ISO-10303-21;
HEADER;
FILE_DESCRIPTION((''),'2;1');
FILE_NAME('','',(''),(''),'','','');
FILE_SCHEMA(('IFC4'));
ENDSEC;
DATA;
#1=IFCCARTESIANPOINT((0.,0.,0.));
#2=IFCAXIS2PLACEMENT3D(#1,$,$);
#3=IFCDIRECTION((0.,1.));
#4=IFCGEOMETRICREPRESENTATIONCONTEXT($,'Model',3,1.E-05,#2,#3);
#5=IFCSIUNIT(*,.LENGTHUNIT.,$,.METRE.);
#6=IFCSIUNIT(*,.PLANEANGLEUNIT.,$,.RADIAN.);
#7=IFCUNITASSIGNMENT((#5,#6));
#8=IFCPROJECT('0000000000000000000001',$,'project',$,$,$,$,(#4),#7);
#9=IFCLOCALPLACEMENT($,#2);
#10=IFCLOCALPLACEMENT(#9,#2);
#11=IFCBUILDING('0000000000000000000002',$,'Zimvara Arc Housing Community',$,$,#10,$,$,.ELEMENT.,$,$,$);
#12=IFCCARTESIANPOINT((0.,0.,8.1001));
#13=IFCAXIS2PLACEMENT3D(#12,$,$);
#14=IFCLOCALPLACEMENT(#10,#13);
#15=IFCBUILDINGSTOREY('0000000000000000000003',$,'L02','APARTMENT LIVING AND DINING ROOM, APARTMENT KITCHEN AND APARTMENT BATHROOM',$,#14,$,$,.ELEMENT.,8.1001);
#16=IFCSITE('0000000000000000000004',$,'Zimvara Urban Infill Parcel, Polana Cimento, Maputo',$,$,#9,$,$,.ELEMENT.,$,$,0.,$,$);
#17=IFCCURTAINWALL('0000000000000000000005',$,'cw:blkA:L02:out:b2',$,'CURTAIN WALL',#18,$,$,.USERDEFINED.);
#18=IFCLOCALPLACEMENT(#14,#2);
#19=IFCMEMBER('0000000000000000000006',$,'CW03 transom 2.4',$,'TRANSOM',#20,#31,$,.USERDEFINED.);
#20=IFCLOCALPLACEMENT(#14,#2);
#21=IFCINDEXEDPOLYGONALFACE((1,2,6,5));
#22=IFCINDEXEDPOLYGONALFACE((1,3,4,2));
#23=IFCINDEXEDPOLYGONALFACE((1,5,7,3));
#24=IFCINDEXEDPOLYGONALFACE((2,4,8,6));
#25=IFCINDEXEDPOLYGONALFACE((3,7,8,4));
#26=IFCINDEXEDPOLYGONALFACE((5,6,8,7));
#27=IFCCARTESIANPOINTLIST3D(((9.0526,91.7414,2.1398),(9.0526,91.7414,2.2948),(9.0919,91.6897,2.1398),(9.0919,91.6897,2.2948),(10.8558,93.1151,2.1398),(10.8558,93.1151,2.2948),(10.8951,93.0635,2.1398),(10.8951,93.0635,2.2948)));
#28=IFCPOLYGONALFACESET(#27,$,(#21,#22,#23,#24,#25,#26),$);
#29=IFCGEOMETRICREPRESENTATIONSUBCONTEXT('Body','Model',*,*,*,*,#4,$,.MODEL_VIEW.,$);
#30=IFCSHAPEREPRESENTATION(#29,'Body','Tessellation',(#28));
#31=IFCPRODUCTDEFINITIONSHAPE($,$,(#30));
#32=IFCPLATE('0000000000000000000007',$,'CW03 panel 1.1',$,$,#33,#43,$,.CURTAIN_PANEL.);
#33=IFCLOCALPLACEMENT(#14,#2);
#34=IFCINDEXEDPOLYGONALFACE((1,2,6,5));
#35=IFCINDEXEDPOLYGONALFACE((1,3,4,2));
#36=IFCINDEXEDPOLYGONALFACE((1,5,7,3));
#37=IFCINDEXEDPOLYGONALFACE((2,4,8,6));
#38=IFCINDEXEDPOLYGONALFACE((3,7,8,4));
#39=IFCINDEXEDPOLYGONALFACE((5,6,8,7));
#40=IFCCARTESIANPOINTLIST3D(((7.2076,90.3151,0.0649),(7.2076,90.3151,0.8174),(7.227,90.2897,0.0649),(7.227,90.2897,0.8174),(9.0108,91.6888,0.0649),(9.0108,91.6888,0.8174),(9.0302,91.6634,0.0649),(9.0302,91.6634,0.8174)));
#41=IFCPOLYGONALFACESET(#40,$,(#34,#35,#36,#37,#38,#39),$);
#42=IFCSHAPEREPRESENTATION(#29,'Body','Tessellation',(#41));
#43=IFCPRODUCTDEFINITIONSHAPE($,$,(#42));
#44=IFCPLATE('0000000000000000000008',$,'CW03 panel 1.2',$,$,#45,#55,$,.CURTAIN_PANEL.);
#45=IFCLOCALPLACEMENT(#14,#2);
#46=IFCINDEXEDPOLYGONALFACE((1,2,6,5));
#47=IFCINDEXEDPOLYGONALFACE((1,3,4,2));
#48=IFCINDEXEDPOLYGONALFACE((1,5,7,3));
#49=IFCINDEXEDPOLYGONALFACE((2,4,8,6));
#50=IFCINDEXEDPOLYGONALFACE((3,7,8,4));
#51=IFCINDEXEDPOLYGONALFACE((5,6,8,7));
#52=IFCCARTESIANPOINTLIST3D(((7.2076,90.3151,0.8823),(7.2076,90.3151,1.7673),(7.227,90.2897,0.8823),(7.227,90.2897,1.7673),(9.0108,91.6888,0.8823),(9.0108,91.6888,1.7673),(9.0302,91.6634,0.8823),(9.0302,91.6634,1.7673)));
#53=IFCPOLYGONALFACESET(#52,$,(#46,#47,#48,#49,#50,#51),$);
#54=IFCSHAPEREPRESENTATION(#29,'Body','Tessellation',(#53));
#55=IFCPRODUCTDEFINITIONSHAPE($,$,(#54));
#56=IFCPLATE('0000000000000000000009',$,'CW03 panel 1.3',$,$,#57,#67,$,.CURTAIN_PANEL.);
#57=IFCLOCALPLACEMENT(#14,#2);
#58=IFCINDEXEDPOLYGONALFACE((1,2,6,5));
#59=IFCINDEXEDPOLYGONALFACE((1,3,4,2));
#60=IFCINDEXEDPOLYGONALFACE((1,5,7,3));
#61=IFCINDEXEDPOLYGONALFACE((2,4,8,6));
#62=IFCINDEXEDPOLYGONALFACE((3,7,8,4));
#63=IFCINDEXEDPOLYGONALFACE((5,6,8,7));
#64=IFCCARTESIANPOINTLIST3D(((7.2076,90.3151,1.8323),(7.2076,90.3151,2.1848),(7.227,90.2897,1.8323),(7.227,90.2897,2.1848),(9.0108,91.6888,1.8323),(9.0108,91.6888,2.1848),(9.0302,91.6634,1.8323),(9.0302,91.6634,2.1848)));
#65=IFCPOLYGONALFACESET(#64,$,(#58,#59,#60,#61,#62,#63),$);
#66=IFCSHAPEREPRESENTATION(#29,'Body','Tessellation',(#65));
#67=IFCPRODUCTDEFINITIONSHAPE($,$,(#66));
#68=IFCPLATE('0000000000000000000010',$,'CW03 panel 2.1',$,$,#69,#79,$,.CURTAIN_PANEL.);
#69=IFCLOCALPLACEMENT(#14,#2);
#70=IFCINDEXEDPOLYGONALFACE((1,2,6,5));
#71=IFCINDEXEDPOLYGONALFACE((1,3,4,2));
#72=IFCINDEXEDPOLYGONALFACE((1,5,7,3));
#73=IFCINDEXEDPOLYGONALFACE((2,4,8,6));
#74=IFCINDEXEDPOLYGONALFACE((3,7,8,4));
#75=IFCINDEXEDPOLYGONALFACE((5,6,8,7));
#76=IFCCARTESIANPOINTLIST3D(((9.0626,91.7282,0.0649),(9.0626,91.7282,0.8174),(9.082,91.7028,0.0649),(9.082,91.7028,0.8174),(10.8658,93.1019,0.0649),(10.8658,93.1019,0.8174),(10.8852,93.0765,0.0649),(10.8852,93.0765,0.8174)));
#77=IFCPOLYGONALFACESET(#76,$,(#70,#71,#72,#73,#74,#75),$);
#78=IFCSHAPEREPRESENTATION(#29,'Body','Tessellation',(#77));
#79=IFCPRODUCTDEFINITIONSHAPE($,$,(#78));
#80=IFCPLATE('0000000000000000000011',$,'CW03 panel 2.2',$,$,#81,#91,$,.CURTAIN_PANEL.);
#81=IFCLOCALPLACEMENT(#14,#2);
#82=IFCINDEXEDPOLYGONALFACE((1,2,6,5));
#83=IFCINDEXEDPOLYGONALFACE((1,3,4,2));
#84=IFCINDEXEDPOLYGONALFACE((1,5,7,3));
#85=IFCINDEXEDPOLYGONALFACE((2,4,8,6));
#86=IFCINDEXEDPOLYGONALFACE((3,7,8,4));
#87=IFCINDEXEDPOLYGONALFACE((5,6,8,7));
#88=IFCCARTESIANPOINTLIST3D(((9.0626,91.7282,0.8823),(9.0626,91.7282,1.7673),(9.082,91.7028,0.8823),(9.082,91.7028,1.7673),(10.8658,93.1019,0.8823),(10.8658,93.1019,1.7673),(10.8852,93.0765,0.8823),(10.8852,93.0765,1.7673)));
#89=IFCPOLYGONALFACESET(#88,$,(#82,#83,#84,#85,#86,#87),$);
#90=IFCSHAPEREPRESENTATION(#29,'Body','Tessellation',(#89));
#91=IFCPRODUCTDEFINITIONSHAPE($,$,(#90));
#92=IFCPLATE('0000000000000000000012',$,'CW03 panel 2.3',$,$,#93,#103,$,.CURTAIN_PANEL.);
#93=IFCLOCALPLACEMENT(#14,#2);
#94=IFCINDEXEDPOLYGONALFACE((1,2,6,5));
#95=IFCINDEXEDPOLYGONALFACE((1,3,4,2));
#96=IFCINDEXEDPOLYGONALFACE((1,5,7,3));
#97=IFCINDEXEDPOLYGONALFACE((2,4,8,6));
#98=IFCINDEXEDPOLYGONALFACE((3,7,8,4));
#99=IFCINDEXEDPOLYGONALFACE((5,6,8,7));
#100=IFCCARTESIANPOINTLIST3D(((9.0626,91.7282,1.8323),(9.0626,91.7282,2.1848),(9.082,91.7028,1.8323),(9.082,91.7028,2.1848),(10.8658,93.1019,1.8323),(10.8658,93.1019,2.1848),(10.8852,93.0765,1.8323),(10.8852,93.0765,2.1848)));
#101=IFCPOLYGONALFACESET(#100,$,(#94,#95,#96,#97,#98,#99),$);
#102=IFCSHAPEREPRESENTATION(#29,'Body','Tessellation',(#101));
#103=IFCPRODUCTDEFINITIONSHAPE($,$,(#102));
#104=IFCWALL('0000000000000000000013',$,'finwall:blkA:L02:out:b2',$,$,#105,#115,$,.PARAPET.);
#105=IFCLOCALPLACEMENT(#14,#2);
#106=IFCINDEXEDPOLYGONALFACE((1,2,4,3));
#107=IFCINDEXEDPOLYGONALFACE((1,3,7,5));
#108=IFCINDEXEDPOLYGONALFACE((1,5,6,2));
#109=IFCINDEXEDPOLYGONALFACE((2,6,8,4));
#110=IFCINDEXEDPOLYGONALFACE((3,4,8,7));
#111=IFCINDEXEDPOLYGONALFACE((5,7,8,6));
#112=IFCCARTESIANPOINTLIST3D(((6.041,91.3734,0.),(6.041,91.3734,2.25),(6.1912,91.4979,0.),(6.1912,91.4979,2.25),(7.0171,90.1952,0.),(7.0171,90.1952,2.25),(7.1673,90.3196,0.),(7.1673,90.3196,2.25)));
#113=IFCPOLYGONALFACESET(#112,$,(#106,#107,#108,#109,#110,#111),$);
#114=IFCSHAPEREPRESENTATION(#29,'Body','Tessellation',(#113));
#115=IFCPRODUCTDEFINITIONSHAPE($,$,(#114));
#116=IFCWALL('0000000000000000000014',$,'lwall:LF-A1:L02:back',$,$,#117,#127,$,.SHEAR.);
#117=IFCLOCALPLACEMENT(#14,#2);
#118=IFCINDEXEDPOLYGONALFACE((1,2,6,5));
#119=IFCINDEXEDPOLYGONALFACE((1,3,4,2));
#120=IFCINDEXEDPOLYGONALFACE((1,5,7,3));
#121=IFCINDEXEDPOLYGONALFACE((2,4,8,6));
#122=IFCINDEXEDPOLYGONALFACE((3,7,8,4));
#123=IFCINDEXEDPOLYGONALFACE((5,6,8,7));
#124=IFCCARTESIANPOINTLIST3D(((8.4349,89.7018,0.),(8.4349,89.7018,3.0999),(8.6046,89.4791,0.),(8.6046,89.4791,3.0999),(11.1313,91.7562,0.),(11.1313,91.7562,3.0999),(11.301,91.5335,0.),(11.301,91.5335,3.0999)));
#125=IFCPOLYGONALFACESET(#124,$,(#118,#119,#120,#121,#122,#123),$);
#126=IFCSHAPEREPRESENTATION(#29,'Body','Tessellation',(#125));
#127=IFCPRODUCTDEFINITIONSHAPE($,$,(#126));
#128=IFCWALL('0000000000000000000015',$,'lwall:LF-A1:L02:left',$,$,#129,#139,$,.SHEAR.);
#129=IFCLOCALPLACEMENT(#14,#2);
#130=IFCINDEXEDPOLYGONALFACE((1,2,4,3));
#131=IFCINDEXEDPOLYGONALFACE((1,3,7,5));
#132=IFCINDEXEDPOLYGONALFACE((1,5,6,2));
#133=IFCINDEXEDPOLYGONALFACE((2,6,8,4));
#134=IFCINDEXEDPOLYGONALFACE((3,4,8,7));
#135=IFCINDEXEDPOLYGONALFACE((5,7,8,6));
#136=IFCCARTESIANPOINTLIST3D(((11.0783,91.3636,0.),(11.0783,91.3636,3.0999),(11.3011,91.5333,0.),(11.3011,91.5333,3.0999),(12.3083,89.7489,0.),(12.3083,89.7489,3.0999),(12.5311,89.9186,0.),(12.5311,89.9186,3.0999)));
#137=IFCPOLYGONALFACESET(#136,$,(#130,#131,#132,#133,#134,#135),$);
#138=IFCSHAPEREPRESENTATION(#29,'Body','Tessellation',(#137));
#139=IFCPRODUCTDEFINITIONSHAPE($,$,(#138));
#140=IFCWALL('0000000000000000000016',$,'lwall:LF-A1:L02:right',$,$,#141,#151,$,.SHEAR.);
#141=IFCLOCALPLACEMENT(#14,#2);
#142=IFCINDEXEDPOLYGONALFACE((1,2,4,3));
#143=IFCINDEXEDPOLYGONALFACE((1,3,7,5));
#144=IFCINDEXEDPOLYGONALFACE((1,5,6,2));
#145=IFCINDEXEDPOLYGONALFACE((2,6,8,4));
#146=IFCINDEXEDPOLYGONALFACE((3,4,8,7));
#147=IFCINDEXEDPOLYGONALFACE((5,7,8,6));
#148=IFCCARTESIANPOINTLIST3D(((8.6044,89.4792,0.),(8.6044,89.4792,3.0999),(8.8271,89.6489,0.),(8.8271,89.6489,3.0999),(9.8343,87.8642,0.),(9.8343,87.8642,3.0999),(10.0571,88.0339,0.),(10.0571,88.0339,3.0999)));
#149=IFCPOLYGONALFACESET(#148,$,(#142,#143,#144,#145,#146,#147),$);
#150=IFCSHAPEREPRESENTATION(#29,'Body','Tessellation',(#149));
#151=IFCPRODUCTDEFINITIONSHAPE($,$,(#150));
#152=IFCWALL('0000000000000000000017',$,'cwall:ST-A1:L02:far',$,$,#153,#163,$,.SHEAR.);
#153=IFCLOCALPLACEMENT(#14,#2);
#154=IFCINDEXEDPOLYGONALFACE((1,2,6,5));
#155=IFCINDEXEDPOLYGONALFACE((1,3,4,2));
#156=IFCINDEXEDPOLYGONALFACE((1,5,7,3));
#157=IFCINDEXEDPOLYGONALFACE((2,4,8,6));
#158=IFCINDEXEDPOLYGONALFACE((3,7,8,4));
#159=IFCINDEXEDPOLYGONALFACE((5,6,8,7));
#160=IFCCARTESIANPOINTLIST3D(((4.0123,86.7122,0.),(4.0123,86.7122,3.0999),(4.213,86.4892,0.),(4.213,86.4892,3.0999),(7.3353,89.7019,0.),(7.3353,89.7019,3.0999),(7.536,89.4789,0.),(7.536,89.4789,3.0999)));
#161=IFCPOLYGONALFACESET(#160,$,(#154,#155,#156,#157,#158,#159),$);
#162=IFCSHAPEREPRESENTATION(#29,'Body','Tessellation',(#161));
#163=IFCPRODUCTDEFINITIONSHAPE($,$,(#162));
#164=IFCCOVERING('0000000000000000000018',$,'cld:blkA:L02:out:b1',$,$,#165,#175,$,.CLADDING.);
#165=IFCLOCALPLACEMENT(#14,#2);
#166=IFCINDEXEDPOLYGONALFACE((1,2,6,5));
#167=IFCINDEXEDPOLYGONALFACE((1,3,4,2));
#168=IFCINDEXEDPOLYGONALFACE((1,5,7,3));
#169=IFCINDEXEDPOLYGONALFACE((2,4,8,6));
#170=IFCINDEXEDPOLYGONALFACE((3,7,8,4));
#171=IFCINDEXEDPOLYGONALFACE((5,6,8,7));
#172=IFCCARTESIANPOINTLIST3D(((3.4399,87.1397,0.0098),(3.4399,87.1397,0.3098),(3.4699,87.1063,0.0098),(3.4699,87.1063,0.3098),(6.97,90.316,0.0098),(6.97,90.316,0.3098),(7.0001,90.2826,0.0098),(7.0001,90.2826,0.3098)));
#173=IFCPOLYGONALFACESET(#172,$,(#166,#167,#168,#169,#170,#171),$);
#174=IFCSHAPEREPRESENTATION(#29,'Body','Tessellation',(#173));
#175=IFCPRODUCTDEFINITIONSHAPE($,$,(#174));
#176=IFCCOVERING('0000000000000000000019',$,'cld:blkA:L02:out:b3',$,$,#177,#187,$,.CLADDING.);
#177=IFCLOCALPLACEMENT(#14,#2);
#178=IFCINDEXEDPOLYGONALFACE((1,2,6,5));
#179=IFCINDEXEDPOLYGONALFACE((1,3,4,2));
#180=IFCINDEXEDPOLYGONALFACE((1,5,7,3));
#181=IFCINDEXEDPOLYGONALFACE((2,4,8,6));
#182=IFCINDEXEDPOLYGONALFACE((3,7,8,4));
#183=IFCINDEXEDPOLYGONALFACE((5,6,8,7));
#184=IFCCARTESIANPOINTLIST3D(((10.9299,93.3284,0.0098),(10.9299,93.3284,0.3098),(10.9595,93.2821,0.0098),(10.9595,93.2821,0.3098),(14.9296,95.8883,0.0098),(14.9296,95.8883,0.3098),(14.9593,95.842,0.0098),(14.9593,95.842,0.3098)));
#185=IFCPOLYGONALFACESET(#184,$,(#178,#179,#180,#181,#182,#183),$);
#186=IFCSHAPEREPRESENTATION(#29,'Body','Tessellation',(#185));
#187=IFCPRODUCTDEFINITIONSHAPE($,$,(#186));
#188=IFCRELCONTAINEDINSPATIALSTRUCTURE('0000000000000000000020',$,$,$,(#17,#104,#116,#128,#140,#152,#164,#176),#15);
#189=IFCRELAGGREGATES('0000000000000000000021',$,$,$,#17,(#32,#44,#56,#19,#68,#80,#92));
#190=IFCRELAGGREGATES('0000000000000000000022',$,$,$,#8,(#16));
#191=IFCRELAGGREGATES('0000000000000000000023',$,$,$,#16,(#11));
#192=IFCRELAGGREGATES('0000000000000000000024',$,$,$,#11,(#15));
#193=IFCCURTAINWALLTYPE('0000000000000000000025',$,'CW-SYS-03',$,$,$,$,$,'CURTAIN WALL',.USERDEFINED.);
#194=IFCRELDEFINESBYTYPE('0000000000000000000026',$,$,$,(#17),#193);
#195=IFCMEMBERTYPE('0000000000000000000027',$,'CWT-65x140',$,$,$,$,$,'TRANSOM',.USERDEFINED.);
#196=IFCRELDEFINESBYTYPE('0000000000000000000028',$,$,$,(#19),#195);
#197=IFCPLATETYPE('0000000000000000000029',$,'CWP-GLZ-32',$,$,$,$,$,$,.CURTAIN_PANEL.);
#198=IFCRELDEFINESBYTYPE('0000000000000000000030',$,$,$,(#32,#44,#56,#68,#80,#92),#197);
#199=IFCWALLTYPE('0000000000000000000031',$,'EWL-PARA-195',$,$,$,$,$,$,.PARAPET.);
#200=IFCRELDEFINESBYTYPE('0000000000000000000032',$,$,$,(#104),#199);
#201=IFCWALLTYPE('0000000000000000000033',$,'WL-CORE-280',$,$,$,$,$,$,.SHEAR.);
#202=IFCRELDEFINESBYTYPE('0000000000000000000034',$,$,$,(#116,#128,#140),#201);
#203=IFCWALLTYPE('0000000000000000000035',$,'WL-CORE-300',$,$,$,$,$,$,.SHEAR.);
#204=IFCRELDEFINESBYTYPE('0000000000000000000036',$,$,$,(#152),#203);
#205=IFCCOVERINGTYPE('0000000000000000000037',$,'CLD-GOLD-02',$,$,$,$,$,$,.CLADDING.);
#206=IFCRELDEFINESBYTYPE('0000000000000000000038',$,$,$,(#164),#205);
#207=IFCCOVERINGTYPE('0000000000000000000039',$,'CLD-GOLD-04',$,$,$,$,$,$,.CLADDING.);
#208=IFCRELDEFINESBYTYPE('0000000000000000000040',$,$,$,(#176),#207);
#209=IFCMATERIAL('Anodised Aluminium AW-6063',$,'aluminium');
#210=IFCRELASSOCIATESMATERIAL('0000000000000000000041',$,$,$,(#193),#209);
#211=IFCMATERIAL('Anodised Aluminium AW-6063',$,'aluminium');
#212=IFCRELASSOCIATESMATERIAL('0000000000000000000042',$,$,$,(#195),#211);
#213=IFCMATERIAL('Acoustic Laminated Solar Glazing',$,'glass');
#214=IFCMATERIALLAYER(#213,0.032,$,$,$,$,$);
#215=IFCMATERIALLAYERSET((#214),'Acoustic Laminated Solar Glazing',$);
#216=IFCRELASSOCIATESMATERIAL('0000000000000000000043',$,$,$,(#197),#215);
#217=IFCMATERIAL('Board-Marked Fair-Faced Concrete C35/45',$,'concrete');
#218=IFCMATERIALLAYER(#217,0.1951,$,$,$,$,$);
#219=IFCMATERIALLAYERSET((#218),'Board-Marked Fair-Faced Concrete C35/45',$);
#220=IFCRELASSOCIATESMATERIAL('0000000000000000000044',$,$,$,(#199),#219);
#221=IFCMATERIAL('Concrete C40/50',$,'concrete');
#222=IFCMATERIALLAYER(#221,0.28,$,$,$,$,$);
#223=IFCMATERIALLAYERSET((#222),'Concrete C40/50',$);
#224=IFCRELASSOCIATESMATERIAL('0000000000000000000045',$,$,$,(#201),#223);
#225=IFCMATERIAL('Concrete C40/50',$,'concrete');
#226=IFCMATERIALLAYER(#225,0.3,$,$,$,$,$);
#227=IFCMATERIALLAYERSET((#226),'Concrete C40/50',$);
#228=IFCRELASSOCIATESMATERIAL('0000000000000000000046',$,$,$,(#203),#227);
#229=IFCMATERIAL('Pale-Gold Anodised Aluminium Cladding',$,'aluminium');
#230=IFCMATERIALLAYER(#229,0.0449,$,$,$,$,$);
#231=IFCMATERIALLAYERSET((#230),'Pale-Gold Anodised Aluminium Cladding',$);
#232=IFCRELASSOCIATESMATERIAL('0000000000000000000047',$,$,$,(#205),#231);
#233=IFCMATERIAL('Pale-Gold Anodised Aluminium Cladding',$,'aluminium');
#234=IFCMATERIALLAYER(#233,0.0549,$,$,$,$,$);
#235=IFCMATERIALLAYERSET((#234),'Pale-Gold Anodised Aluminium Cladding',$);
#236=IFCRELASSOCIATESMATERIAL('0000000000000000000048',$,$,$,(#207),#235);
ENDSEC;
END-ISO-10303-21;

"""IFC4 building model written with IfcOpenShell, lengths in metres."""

from ifc_helpers import new_model, si_unit, direction, frame, frame_2d, origin, origin_2d, place, context, subcontext, project, spatial, rectangle, extrude, material, layer, layer_set, material_profile, profile_set, type_object, element, aggregate, save


model = new_model("IFC4")

# Units and contexts
model_context = context("Model", 3, precision=1e-05, world=origin(), true_north=direction((0.0, 1.0)))
body_context = subcontext(model_context, "Body", "Model", "MODEL_VIEW")
ifc_project = project(units=[si_unit("LENGTHUNIT", "METRE"), si_unit("PLANEANGLEUNIT", "RADIAN")], contexts=[model_context])

# Site, building, storey
site_placement = place(None, origin())
site = spatial("IfcSite", under=ifc_project, at=site_placement, Name="Zimvara Urban Infill Parcel, Polana Cimento, Maputo", CompositionType="ELEMENT", RefElevation=0.0)
building_placement = place(site_placement, origin())
building = spatial("IfcBuilding", under=site, at=building_placement, Name="Zimvara Arc Housing Community", CompositionType="ELEMENT")
storey_placement = place(building_placement, frame((0.0, 0.0, 8.1001)))
storey = spatial("IfcBuildingStorey", under=building, at=storey_placement, Name="L02", Description="APARTMENT LIVING AND DINING ROOM, APARTMENT KITCHEN AND APARTMENT BATHROOM", CompositionType="ELEMENT", Elevation=8.1001)

# Curtain wall, member, plates
ifc_material_1 = material(Name="Anodised Aluminium AW-6063", Category="aluminium")
curtain_wall_type = type_object("IfcCurtainWallType", Name="CW-SYS-03", ElementType="CURTAIN WALL", PredefinedType="USERDEFINED", material=ifc_material_1)
curtain_wall_placement = place(storey_placement, origin())
curtain_wall = element("IfcCurtainWall", 1, at=curtain_wall_placement, inside=storey, type_object=curtain_wall_type, Name="cw:blkA:L02:out:b2", ObjectType="CURTAIN WALL", PredefinedType="USERDEFINED")
ifc_material_2 = material(Name="Anodised Aluminium AW-6063", Category="aluminium")
ifc_material_profile_1 = material_profile(ifc_material_2, rectangle(XDim=0.0649, YDim=0.155, at=origin_2d()), Name="ALU 65x155")
ifc_profile_set_1 = profile_set([ifc_material_profile_1], Name="Anodised Aluminium AW-6063")
member_type_1 = type_object("IfcMemberType", Name="CWT-65x140", ElementType="TRANSOM", PredefinedType="USERDEFINED", material=ifc_profile_set_1)
member_1_placement = place(storey_placement, frame((9.0723, 91.7156, 2.2173), z_axis=(0.795454, 0.606014, 0.0), x_axis=(-0.606014, 0.795454, 0.0)))
member_1 = element("IfcMember", 2, at=member_1_placement, type_object=member_type_1, Name="CW03 transom 2.4", ObjectType="TRANSOM", PredefinedType="USERDEFINED", context=body_context, shape_type="SweptSolid", body=[
    extrude(rectangle(XDim=0.0649, YDim=0.155, at=origin_2d()), origin(), (0.0, 0.0, 1.0), 2.2668),
])
ifc_material_3 = material(Name="Acoustic Laminated Solar Glazing", Category="glass")
ifc_layer_1 = layer(ifc_material_3, 0.032)
ifc_layer_set_1 = layer_set([ifc_layer_1], Name="Acoustic Laminated Solar Glazing")
plate_type = type_object("IfcPlateType", Name="CWP-GLZ-32", PredefinedType="CURTAIN_PANEL", material=ifc_layer_set_1)
plate_1_placement = place(storey_placement, frame((8.1189, 90.9893, 0.0649), z_axis=(0.0, 0.0, 1.0), x_axis=(0.795474, 0.605988, 0.0)))
plate_1 = element("IfcPlate", 3, at=plate_1_placement, type_object=plate_type, Name="CW03 panel 1.1", PredefinedType="CURTAIN_PANEL", context=body_context, shape_type="SweptSolid", body=[
    extrude(rectangle(XDim=2.2668, YDim=0.032, at=origin_2d()), origin(), (0.0, 0.0, 1.0), 0.7524),
])
plate_2_placement = place(storey_placement, frame((8.1189, 90.9893, 0.8823), z_axis=(0.0, 0.0, 1.0), x_axis=(0.795474, 0.605988, 0.0)))
plate_2 = element("IfcPlate", 4, at=plate_2_placement, type_object=plate_type, Name="CW03 panel 1.2", PredefinedType="CURTAIN_PANEL", context=body_context, shape_type="SweptSolid", body=[
    extrude(rectangle(XDim=2.2668, YDim=0.032, at=origin_2d()), origin(), (0.0, 0.0, 1.0), 0.885),
])
plate_3_placement = place(storey_placement, frame((8.1189, 90.9893, 1.8323), z_axis=(0.0, 0.0, 1.0), x_axis=(0.795474, 0.605988, 0.0)))
plate_3 = element("IfcPlate", 5, at=plate_3_placement, type_object=plate_type, Name="CW03 panel 1.3", PredefinedType="CURTAIN_PANEL", context=body_context, shape_type="SweptSolid", body=[
    extrude(rectangle(XDim=2.2668, YDim=0.032, at=origin_2d()), origin(), (0.0, 0.0, 1.0), 0.3525),
])
plate_4_placement = place(storey_placement, frame((9.9739, 92.4023, 0.0649), z_axis=(0.0, 0.0, 1.0), x_axis=(0.795474, 0.605988, 0.0)))
plate_4 = element("IfcPlate", 6, at=plate_4_placement, type_object=plate_type, Name="CW03 panel 2.1", PredefinedType="CURTAIN_PANEL", context=body_context, shape_type="SweptSolid", body=[
    extrude(rectangle(XDim=2.2668, YDim=0.032, at=origin_2d()), origin(), (0.0, 0.0, 1.0), 0.7524),
])
plate_5_placement = place(storey_placement, frame((9.9739, 92.4023, 0.8823), z_axis=(0.0, 0.0, 1.0), x_axis=(0.795474, 0.605988, 0.0)))
plate_5 = element("IfcPlate", 7, at=plate_5_placement, type_object=plate_type, Name="CW03 panel 2.2", PredefinedType="CURTAIN_PANEL", context=body_context, shape_type="SweptSolid", body=[
    extrude(rectangle(XDim=2.2668, YDim=0.032, at=origin_2d()), origin(), (0.0, 0.0, 1.0), 0.885),
])
plate_6_placement = place(storey_placement, frame((9.9739, 92.4023, 1.8323), z_axis=(0.0, 0.0, 1.0), x_axis=(0.795474, 0.605988, 0.0)))
plate_6 = element("IfcPlate", 8, at=plate_6_placement, type_object=plate_type, Name="CW03 panel 2.3", PredefinedType="CURTAIN_PANEL", context=body_context, shape_type="SweptSolid", body=[
    extrude(rectangle(XDim=2.2668, YDim=0.032, at=origin_2d()), origin(), (0.0, 0.0, 1.0), 0.3525),
])
aggregate(curtain_wall, [plate_1, plate_2, plate_3, member_1, plate_4, plate_5, plate_6])

# Wall
ifc_material_4 = material(Name="Board-Marked Fair-Faced Concrete C35/45", Category="concrete")
ifc_layer_2 = layer(ifc_material_4, 0.1951)
ifc_layer_set_2 = layer_set([ifc_layer_2], Name="Board-Marked Fair-Faced Concrete C35/45")
wall_type_1 = type_object("IfcWallType", Name="EWL-PARA-195", PredefinedType="PARAPET", material=ifc_layer_set_2)
wall_1_placement = place(storey_placement, frame((7.0923, 90.2573, 0.0), z_axis=(0.0, 0.0, 1.0), x_axis=(-0.637953, 0.770075, 0.0)))
element("IfcWall", 9, at=wall_1_placement, inside=storey, type_object=wall_type_1, Name="finwall:blkA:L02:out:b2", PredefinedType="PARAPET", context=body_context, shape_type="SweptSolid", body=[
    extrude(rectangle(XDim=1.53, YDim=0.1951, at=frame_2d((0.7651, 0.0))), origin(), (0.0, 0.0, 1.0), 2.25),
])

# Shared definitions
ifc_material_5 = material(Name="Concrete C40/50", Category="concrete")
ifc_layer_3 = layer(ifc_material_5, 0.28)
ifc_layer_set_3 = layer_set([ifc_layer_3], Name="Concrete C40/50")
wall_type_2 = type_object("IfcWallType", Name="WL-CORE-280", PredefinedType="SHEAR", material=ifc_layer_set_3)

# Walls
wall_2_placement = place(storey_placement, frame((11.2161, 91.6448, 0.0), z_axis=(0.0, 0.0, 1.0), x_axis=(-0.79544, -0.606032, 0.0)))
element("IfcWall", 10, at=wall_2_placement, inside=storey, type_object=wall_type_2, Name="lwall:LF-A1:L02:back", PredefinedType="SHEAR", context=body_context, shape_type="SweptSolid", body=[
    extrude(rectangle(XDim=3.3899, YDim=0.28, at=frame_2d((1.6948, 0.0))), origin(), (0.0, 0.0, 1.0), 3.0999),
])
wall_3_placement = place(storey_placement, frame((12.4197, 89.8337, 0.0), z_axis=(0.0, 0.0, 1.0), x_axis=(-0.605949, 0.795504, 0.0)))
element("IfcWall", 11, at=wall_3_placement, inside=storey, type_object=wall_type_2, Name="lwall:LF-A1:L02:left", PredefinedType="SHEAR", context=body_context, shape_type="SweptSolid", body=[
    extrude(rectangle(XDim=2.0298, YDim=0.28, at=frame_2d((1.0149, 0.0))), origin(), (0.0, 0.0, 1.0), 3.0999),
])
wall_4_placement = place(storey_placement, frame((9.9458, 87.949, 0.0), z_axis=(0.0, 0.0, 1.0), x_axis=(-0.605891, 0.795548, 0.0)))
element("IfcWall", 12, at=wall_4_placement, inside=storey, type_object=wall_type_2, Name="lwall:LF-A1:L02:right", PredefinedType="SHEAR", context=body_context, shape_type="SweptSolid", body=[
    extrude(rectangle(XDim=2.03, YDim=0.28, at=frame_2d((1.0151, 0.0))), origin(), (0.0, 0.0, 1.0), 3.0999),
])
ifc_material_6 = material(Name="Concrete C40/50", Category="concrete")
ifc_layer_4 = layer(ifc_material_6, 0.3)
ifc_layer_set_4 = layer_set([ifc_layer_4], Name="Concrete C40/50")
wall_type_3 = type_object("IfcWallType", Name="WL-CORE-300", PredefinedType="SHEAR", material=ifc_layer_set_4)
wall_5_placement = place(storey_placement, frame((7.4355, 89.5903, 0.0), z_axis=(0.0, 0.0, 1.0), x_axis=(-0.7434, -0.668847, 0.0)))
element("IfcWall", 13, at=wall_5_placement, inside=storey, type_object=wall_type_3, Name="cwall:ST-A1:L02:far", PredefinedType="SHEAR", context=body_context, shape_type="SweptSolid", body=[
    extrude(rectangle(XDim=4.47, YDim=0.3, at=frame_2d((2.2349, 0.0))), origin(), (0.0, 0.0, 1.0), 3.0999),
])

# Coverings
ifc_material_7 = material(Name="Pale-Gold Anodised Aluminium Cladding", Category="aluminium")
ifc_layer_5 = layer(ifc_material_7, 0.0449)
ifc_layer_set_5 = layer_set([ifc_layer_5], Name="Pale-Gold Anodised Aluminium Cladding")
covering_type_1 = type_object("IfcCoveringType", Name="CLD-GOLD-02", PredefinedType="CLADDING", material=ifc_layer_set_5)
covering_1_placement = place(storey_placement, frame((5.22, 88.7112, 0.0098), z_axis=(0.0, 0.0, 1.0), x_axis=(0.743377, 0.668872, 0.0)))
element("IfcCovering", 14, at=covering_1_placement, inside=storey, type_object=covering_type_1, Name="cld:blkA:L02:out:b1", PredefinedType="CLADDING", context=body_context, shape_type="SweptSolid", body=[
    extrude(rectangle(XDim=4.7488, YDim=0.0449, at=origin_2d()), origin(), (0.0, 0.0, 1.0), 0.3),
])
ifc_material_8 = material(Name="Pale-Gold Anodised Aluminium Cladding", Category="aluminium")
ifc_layer_6 = layer(ifc_material_8, 0.0549)
ifc_layer_set_6 = layer_set([ifc_layer_6], Name="Pale-Gold Anodised Aluminium Cladding")
covering_type_2 = type_object("IfcCoveringType", Name="CLD-GOLD-04", PredefinedType="CLADDING", material=ifc_layer_set_6)
covering_2_placement = place(storey_placement, frame((12.9446, 94.5852, 0.0098), z_axis=(0.0, 0.0, 1.0), x_axis=(0.842265, 0.539063, 0.0)))
element("IfcCovering", 15, at=covering_2_placement, inside=storey, type_object=covering_type_2, Name="cld:blkA:L02:out:b3", PredefinedType="CLADDING", context=body_context, shape_type="SweptSolid", body=[
    extrude(rectangle(XDim=4.7488, YDim=0.0549, at=origin_2d()), origin(), (0.0, 0.0, 1.0), 0.3),
])

save(model, "model.ifc")
